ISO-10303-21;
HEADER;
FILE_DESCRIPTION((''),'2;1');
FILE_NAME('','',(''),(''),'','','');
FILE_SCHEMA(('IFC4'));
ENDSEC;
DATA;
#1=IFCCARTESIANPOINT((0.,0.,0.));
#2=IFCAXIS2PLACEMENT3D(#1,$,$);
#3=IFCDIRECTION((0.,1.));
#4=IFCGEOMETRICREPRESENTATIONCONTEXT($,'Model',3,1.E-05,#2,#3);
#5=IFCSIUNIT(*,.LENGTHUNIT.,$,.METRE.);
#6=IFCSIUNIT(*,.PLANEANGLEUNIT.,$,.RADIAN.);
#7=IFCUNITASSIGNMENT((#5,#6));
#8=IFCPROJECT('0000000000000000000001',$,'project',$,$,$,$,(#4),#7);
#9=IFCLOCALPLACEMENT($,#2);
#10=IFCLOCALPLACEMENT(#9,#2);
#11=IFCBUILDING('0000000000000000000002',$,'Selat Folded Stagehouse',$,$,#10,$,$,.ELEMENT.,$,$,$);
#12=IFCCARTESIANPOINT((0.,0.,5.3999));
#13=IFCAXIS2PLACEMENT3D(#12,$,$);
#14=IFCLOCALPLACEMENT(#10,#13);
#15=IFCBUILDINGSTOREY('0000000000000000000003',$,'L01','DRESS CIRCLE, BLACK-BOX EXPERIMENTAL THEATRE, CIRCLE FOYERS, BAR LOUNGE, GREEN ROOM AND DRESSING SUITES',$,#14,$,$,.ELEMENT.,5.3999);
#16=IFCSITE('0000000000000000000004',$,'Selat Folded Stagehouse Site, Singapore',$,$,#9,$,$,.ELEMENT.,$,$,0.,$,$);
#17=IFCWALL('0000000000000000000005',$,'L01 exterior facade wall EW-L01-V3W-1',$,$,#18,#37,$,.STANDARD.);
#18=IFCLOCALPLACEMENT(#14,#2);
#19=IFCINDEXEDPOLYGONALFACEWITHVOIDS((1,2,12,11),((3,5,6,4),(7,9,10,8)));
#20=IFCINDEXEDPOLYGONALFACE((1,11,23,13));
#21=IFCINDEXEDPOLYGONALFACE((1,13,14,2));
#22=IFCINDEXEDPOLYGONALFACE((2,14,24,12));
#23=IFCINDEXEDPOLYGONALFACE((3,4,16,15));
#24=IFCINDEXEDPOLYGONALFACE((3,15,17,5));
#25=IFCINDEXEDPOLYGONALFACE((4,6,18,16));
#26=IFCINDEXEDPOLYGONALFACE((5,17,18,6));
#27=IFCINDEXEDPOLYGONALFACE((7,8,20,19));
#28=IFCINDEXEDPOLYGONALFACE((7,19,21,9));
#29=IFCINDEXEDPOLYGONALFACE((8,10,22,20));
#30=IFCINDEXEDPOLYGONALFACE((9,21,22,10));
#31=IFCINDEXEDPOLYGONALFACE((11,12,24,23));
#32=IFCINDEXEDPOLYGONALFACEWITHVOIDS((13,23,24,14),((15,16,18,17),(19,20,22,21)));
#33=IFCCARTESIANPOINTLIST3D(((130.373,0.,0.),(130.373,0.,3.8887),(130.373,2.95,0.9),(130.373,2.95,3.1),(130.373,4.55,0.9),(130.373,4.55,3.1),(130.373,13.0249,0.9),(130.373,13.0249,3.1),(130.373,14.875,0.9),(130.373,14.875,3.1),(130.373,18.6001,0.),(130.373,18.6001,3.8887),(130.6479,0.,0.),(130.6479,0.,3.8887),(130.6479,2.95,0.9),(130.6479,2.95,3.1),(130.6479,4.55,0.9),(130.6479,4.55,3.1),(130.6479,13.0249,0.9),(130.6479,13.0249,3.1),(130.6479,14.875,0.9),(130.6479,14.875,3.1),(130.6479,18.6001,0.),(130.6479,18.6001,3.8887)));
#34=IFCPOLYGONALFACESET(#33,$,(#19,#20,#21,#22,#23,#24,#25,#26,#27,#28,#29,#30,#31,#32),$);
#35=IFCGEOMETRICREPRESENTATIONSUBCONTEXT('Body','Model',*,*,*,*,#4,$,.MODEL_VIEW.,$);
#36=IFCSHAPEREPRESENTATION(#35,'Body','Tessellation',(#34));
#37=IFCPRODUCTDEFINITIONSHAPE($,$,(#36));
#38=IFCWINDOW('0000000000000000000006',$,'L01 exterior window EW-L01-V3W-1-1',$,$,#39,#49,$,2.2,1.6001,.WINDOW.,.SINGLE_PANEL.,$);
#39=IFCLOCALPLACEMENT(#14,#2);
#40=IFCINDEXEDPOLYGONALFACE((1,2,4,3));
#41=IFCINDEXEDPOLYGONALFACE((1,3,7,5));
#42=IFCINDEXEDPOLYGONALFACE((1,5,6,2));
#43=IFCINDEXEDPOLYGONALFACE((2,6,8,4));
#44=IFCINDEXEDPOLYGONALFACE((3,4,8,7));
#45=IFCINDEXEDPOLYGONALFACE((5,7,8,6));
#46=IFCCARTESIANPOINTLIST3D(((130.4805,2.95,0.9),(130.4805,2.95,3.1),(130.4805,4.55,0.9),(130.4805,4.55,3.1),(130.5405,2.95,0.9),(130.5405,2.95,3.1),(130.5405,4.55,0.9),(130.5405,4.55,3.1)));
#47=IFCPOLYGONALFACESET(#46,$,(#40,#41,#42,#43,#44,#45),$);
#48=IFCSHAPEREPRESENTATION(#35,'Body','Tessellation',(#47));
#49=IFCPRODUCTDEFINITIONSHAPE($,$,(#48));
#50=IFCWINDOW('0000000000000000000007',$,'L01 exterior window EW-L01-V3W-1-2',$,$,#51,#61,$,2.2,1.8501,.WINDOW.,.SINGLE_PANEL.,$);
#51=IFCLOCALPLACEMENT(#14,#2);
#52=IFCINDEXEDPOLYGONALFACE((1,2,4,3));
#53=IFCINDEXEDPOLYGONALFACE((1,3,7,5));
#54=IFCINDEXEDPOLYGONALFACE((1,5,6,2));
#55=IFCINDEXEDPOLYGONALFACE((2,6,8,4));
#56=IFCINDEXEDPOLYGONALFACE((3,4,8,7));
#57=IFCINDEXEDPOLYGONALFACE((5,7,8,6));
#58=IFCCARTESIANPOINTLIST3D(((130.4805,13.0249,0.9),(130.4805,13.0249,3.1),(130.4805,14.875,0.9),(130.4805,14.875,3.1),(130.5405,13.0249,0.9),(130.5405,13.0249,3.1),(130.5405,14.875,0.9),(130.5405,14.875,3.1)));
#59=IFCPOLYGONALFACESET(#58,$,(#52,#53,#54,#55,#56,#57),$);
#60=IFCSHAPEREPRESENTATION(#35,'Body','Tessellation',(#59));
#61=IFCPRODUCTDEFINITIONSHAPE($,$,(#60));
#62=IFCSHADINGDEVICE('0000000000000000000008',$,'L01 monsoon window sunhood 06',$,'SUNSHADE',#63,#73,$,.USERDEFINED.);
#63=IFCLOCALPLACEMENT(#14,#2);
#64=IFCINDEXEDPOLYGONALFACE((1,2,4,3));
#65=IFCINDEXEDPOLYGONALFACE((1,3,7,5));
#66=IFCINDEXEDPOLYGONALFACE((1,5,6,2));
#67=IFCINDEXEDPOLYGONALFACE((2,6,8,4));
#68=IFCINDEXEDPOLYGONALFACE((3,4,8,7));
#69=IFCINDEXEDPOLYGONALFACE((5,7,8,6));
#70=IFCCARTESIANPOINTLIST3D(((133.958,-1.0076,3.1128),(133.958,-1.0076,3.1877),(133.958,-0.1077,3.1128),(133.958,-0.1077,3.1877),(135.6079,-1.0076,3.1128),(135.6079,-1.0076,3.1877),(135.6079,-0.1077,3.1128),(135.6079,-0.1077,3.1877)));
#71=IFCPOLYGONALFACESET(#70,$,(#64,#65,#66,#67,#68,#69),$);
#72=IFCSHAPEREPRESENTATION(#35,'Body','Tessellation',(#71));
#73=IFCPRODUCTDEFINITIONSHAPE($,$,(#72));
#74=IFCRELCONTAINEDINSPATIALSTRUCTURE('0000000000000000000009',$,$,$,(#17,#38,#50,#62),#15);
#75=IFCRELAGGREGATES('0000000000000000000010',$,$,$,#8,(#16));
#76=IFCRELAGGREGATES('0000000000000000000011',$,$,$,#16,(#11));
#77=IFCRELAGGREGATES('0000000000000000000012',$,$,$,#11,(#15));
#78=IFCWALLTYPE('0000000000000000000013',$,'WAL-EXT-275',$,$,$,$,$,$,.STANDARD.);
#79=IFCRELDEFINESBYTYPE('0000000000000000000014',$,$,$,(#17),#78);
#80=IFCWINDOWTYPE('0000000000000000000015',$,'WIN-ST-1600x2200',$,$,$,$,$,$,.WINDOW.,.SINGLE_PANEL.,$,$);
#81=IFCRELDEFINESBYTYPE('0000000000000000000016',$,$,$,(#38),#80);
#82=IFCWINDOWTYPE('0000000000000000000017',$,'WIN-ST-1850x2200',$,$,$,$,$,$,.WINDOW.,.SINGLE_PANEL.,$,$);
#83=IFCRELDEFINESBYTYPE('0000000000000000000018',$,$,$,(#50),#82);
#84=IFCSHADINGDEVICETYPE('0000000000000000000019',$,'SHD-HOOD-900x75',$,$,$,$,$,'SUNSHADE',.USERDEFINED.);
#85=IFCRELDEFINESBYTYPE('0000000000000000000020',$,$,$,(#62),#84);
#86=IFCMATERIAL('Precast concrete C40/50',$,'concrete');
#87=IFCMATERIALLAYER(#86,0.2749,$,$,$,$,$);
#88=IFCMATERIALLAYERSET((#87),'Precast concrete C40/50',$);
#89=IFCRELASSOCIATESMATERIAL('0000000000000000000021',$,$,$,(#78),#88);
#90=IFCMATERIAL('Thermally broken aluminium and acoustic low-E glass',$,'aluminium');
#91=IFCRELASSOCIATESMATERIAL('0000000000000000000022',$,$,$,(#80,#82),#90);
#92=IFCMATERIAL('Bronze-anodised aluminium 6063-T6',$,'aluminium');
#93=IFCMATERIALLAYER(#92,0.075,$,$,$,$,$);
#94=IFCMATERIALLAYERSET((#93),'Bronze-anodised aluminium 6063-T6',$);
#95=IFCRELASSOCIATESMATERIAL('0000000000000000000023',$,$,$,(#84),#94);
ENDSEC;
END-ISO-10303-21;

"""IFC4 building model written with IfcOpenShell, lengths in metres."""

from ifc_helpers import new_model, si_unit, direction, frame, frame_2d, origin, origin_2d, place, context, subcontext, project, spatial, rectangle, extrude, material, layer, layer_set, type_object, element, fill, save


model = new_model("IFC4")

# Units and contexts
model_context = context("Model", 3, precision=1e-05, world=origin(), true_north=direction((0.0, 1.0)))
body_context = subcontext(model_context, "Body", "Model", "MODEL_VIEW")
ifc_project = project(units=[si_unit("LENGTHUNIT", "METRE"), si_unit("PLANEANGLEUNIT", "RADIAN")], contexts=[model_context])

# Site, building, storey
site_placement = place(None, origin())
site = spatial("IfcSite", under=ifc_project, at=site_placement, Name="Selat Folded Stagehouse Site, Singapore", CompositionType="ELEMENT", RefElevation=0.0)
building_placement = place(site_placement, origin())
building = spatial("IfcBuilding", under=site, at=building_placement, Name="Selat Folded Stagehouse", CompositionType="ELEMENT")
storey_placement = place(building_placement, frame((0.0, 0.0, 5.3999)))
storey = spatial("IfcBuildingStorey", under=building, at=storey_placement, Name="L01", Description="DRESS CIRCLE, BLACK-BOX EXPERIMENTAL THEATRE, CIRCLE FOYERS, BAR LOUNGE, GREEN ROOM AND DRESSING SUITES", CompositionType="ELEMENT", Elevation=5.3999)

# Wall, openings, windows
ifc_material_1 = material(Name="Precast concrete C40/50", Category="concrete")
ifc_layer_1 = layer(ifc_material_1, 0.2749)
ifc_layer_set_1 = layer_set([ifc_layer_1], Name="Precast concrete C40/50")
wall_type_1 = type_object("IfcWallType", Name="WAL-EXT-275", PredefinedType="STANDARD", material=ifc_layer_set_1)
wall_1_placement = place(storey_placement, frame((130.5105, 0.0, 0.0), z_axis=(0.0, 0.0, 1.0), x_axis=(0.0, 1.0, 0.0)))
wall_1 = element("IfcWall", 1, at=wall_1_placement, inside=storey, type_object=wall_type_1, Name="L01 exterior facade wall EW-L01-V3W-1", PredefinedType="STANDARD", context=body_context, shape_type="SweptSolid", body=[
    extrude(rectangle(XDim=18.6001, YDim=0.2749, at=frame_2d((9.3, 0.0))), origin(), (0.0, 0.0, 1.0), 3.8887),
])
opening_1_placement = place(wall_1_placement, frame((2.95, 0.0, 0.8999)))
opening_1 = element("IfcOpeningElement", 2, at=opening_1_placement, cuts=wall_1, PredefinedType="OPENING", context=body_context, shape_type="SweptSolid", body=[
    extrude(rectangle(XDim=1.6001, YDim=2.2, at=frame_2d((0.8, 1.1001))), frame((0.0, 0.1475, 0.0), z_axis=(0.0, -1.0, 0.0), x_axis=(1.0, 0.0, 0.0)), (0.0, 0.0, 1.0), 0.2949),
])
opening_2_placement = place(wall_1_placement, frame((13.0249, 0.0, 0.8999)))
opening_2 = element("IfcOpeningElement", 3, at=opening_2_placement, cuts=wall_1, PredefinedType="OPENING", context=body_context, shape_type="SweptSolid", body=[
    extrude(rectangle(XDim=1.8501, YDim=2.2, at=frame_2d((0.925, 1.1001))), frame((0.0, 0.1475, 0.0), z_axis=(0.0, -1.0, 0.0), x_axis=(1.0, 0.0, 0.0)), (0.0, 0.0, 1.0), 0.2949),
])
ifc_material_2 = material(Name="Thermally broken aluminium and acoustic low-E glass", Category="aluminium")
window_type_1 = type_object("IfcWindowType", Name="WIN-ST-1600x2200", PartitioningType="SINGLE_PANEL", PredefinedType="WINDOW", material=ifc_material_2)
window_1_placement = place(opening_1_placement, origin())
window_1 = element("IfcWindow", 4, at=window_1_placement, inside=storey, type_object=window_type_1, Name="L01 exterior window EW-L01-V3W-1-1", OverallHeight=2.2, OverallWidth=1.6001, PartitioningType="SINGLE_PANEL", PredefinedType="WINDOW", context=body_context, shape_type="SweptSolid", body=[
    extrude(rectangle(XDim=1.6001, YDim=2.2, at=frame_2d((0.8, 1.1001))), frame((0.0, 0.03, 0.0), z_axis=(0.0, -1.0, 0.0), x_axis=(1.0, 0.0, 0.0)), (0.0, 0.0, 1.0), 0.0601),
])
fill(opening_1, window_1)
window_type_2 = type_object("IfcWindowType", Name="WIN-ST-1850x2200", PartitioningType="SINGLE_PANEL", PredefinedType="WINDOW", material=ifc_material_2)
window_2_placement = place(opening_2_placement, origin())
window_2 = element("IfcWindow", 5, at=window_2_placement, inside=storey, type_object=window_type_2, Name="L01 exterior window EW-L01-V3W-1-2", OverallHeight=2.2, OverallWidth=1.8501, PartitioningType="SINGLE_PANEL", PredefinedType="WINDOW", context=body_context, shape_type="SweptSolid", body=[
    extrude(rectangle(XDim=1.8501, YDim=2.2, at=frame_2d((0.925, 1.1001))), frame((0.0, 0.03, 0.0), z_axis=(0.0, -1.0, 0.0), x_axis=(1.0, 0.0, 0.0)), (0.0, 0.0, 1.0), 0.0601),
])
fill(opening_2, window_2)

# Shading device
ifc_material_3 = material(Name="Bronze-anodised aluminium 6063-T6", Category="aluminium")
ifc_layer_2 = layer(ifc_material_3, 0.075)
ifc_layer_set_2 = layer_set([ifc_layer_2], Name="Bronze-anodised aluminium 6063-T6")
shading_device_type = type_object("IfcShadingDeviceType", Name="SHD-HOOD-900x75", ElementType="SUNSHADE", PredefinedType="USERDEFINED", material=ifc_layer_set_2)
shading_device_placement = place(storey_placement, frame((134.783, -0.5576, 3.1128), z_axis=(0.0, 0.0, 1.0), x_axis=(-1.0, 0.0, 0.0)))
element("IfcShadingDevice", 6, at=shading_device_placement, inside=storey, type_object=shading_device_type, Name="L01 monsoon window sunhood 06", ObjectType="SUNSHADE", PredefinedType="USERDEFINED", context=body_context, shape_type="SweptSolid", body=[
    extrude(rectangle(XDim=1.6499, YDim=0.8999, at=origin_2d()), origin(), (0.0, 0.0, 1.0), 0.075),
])

save(model, "model.ifc")
